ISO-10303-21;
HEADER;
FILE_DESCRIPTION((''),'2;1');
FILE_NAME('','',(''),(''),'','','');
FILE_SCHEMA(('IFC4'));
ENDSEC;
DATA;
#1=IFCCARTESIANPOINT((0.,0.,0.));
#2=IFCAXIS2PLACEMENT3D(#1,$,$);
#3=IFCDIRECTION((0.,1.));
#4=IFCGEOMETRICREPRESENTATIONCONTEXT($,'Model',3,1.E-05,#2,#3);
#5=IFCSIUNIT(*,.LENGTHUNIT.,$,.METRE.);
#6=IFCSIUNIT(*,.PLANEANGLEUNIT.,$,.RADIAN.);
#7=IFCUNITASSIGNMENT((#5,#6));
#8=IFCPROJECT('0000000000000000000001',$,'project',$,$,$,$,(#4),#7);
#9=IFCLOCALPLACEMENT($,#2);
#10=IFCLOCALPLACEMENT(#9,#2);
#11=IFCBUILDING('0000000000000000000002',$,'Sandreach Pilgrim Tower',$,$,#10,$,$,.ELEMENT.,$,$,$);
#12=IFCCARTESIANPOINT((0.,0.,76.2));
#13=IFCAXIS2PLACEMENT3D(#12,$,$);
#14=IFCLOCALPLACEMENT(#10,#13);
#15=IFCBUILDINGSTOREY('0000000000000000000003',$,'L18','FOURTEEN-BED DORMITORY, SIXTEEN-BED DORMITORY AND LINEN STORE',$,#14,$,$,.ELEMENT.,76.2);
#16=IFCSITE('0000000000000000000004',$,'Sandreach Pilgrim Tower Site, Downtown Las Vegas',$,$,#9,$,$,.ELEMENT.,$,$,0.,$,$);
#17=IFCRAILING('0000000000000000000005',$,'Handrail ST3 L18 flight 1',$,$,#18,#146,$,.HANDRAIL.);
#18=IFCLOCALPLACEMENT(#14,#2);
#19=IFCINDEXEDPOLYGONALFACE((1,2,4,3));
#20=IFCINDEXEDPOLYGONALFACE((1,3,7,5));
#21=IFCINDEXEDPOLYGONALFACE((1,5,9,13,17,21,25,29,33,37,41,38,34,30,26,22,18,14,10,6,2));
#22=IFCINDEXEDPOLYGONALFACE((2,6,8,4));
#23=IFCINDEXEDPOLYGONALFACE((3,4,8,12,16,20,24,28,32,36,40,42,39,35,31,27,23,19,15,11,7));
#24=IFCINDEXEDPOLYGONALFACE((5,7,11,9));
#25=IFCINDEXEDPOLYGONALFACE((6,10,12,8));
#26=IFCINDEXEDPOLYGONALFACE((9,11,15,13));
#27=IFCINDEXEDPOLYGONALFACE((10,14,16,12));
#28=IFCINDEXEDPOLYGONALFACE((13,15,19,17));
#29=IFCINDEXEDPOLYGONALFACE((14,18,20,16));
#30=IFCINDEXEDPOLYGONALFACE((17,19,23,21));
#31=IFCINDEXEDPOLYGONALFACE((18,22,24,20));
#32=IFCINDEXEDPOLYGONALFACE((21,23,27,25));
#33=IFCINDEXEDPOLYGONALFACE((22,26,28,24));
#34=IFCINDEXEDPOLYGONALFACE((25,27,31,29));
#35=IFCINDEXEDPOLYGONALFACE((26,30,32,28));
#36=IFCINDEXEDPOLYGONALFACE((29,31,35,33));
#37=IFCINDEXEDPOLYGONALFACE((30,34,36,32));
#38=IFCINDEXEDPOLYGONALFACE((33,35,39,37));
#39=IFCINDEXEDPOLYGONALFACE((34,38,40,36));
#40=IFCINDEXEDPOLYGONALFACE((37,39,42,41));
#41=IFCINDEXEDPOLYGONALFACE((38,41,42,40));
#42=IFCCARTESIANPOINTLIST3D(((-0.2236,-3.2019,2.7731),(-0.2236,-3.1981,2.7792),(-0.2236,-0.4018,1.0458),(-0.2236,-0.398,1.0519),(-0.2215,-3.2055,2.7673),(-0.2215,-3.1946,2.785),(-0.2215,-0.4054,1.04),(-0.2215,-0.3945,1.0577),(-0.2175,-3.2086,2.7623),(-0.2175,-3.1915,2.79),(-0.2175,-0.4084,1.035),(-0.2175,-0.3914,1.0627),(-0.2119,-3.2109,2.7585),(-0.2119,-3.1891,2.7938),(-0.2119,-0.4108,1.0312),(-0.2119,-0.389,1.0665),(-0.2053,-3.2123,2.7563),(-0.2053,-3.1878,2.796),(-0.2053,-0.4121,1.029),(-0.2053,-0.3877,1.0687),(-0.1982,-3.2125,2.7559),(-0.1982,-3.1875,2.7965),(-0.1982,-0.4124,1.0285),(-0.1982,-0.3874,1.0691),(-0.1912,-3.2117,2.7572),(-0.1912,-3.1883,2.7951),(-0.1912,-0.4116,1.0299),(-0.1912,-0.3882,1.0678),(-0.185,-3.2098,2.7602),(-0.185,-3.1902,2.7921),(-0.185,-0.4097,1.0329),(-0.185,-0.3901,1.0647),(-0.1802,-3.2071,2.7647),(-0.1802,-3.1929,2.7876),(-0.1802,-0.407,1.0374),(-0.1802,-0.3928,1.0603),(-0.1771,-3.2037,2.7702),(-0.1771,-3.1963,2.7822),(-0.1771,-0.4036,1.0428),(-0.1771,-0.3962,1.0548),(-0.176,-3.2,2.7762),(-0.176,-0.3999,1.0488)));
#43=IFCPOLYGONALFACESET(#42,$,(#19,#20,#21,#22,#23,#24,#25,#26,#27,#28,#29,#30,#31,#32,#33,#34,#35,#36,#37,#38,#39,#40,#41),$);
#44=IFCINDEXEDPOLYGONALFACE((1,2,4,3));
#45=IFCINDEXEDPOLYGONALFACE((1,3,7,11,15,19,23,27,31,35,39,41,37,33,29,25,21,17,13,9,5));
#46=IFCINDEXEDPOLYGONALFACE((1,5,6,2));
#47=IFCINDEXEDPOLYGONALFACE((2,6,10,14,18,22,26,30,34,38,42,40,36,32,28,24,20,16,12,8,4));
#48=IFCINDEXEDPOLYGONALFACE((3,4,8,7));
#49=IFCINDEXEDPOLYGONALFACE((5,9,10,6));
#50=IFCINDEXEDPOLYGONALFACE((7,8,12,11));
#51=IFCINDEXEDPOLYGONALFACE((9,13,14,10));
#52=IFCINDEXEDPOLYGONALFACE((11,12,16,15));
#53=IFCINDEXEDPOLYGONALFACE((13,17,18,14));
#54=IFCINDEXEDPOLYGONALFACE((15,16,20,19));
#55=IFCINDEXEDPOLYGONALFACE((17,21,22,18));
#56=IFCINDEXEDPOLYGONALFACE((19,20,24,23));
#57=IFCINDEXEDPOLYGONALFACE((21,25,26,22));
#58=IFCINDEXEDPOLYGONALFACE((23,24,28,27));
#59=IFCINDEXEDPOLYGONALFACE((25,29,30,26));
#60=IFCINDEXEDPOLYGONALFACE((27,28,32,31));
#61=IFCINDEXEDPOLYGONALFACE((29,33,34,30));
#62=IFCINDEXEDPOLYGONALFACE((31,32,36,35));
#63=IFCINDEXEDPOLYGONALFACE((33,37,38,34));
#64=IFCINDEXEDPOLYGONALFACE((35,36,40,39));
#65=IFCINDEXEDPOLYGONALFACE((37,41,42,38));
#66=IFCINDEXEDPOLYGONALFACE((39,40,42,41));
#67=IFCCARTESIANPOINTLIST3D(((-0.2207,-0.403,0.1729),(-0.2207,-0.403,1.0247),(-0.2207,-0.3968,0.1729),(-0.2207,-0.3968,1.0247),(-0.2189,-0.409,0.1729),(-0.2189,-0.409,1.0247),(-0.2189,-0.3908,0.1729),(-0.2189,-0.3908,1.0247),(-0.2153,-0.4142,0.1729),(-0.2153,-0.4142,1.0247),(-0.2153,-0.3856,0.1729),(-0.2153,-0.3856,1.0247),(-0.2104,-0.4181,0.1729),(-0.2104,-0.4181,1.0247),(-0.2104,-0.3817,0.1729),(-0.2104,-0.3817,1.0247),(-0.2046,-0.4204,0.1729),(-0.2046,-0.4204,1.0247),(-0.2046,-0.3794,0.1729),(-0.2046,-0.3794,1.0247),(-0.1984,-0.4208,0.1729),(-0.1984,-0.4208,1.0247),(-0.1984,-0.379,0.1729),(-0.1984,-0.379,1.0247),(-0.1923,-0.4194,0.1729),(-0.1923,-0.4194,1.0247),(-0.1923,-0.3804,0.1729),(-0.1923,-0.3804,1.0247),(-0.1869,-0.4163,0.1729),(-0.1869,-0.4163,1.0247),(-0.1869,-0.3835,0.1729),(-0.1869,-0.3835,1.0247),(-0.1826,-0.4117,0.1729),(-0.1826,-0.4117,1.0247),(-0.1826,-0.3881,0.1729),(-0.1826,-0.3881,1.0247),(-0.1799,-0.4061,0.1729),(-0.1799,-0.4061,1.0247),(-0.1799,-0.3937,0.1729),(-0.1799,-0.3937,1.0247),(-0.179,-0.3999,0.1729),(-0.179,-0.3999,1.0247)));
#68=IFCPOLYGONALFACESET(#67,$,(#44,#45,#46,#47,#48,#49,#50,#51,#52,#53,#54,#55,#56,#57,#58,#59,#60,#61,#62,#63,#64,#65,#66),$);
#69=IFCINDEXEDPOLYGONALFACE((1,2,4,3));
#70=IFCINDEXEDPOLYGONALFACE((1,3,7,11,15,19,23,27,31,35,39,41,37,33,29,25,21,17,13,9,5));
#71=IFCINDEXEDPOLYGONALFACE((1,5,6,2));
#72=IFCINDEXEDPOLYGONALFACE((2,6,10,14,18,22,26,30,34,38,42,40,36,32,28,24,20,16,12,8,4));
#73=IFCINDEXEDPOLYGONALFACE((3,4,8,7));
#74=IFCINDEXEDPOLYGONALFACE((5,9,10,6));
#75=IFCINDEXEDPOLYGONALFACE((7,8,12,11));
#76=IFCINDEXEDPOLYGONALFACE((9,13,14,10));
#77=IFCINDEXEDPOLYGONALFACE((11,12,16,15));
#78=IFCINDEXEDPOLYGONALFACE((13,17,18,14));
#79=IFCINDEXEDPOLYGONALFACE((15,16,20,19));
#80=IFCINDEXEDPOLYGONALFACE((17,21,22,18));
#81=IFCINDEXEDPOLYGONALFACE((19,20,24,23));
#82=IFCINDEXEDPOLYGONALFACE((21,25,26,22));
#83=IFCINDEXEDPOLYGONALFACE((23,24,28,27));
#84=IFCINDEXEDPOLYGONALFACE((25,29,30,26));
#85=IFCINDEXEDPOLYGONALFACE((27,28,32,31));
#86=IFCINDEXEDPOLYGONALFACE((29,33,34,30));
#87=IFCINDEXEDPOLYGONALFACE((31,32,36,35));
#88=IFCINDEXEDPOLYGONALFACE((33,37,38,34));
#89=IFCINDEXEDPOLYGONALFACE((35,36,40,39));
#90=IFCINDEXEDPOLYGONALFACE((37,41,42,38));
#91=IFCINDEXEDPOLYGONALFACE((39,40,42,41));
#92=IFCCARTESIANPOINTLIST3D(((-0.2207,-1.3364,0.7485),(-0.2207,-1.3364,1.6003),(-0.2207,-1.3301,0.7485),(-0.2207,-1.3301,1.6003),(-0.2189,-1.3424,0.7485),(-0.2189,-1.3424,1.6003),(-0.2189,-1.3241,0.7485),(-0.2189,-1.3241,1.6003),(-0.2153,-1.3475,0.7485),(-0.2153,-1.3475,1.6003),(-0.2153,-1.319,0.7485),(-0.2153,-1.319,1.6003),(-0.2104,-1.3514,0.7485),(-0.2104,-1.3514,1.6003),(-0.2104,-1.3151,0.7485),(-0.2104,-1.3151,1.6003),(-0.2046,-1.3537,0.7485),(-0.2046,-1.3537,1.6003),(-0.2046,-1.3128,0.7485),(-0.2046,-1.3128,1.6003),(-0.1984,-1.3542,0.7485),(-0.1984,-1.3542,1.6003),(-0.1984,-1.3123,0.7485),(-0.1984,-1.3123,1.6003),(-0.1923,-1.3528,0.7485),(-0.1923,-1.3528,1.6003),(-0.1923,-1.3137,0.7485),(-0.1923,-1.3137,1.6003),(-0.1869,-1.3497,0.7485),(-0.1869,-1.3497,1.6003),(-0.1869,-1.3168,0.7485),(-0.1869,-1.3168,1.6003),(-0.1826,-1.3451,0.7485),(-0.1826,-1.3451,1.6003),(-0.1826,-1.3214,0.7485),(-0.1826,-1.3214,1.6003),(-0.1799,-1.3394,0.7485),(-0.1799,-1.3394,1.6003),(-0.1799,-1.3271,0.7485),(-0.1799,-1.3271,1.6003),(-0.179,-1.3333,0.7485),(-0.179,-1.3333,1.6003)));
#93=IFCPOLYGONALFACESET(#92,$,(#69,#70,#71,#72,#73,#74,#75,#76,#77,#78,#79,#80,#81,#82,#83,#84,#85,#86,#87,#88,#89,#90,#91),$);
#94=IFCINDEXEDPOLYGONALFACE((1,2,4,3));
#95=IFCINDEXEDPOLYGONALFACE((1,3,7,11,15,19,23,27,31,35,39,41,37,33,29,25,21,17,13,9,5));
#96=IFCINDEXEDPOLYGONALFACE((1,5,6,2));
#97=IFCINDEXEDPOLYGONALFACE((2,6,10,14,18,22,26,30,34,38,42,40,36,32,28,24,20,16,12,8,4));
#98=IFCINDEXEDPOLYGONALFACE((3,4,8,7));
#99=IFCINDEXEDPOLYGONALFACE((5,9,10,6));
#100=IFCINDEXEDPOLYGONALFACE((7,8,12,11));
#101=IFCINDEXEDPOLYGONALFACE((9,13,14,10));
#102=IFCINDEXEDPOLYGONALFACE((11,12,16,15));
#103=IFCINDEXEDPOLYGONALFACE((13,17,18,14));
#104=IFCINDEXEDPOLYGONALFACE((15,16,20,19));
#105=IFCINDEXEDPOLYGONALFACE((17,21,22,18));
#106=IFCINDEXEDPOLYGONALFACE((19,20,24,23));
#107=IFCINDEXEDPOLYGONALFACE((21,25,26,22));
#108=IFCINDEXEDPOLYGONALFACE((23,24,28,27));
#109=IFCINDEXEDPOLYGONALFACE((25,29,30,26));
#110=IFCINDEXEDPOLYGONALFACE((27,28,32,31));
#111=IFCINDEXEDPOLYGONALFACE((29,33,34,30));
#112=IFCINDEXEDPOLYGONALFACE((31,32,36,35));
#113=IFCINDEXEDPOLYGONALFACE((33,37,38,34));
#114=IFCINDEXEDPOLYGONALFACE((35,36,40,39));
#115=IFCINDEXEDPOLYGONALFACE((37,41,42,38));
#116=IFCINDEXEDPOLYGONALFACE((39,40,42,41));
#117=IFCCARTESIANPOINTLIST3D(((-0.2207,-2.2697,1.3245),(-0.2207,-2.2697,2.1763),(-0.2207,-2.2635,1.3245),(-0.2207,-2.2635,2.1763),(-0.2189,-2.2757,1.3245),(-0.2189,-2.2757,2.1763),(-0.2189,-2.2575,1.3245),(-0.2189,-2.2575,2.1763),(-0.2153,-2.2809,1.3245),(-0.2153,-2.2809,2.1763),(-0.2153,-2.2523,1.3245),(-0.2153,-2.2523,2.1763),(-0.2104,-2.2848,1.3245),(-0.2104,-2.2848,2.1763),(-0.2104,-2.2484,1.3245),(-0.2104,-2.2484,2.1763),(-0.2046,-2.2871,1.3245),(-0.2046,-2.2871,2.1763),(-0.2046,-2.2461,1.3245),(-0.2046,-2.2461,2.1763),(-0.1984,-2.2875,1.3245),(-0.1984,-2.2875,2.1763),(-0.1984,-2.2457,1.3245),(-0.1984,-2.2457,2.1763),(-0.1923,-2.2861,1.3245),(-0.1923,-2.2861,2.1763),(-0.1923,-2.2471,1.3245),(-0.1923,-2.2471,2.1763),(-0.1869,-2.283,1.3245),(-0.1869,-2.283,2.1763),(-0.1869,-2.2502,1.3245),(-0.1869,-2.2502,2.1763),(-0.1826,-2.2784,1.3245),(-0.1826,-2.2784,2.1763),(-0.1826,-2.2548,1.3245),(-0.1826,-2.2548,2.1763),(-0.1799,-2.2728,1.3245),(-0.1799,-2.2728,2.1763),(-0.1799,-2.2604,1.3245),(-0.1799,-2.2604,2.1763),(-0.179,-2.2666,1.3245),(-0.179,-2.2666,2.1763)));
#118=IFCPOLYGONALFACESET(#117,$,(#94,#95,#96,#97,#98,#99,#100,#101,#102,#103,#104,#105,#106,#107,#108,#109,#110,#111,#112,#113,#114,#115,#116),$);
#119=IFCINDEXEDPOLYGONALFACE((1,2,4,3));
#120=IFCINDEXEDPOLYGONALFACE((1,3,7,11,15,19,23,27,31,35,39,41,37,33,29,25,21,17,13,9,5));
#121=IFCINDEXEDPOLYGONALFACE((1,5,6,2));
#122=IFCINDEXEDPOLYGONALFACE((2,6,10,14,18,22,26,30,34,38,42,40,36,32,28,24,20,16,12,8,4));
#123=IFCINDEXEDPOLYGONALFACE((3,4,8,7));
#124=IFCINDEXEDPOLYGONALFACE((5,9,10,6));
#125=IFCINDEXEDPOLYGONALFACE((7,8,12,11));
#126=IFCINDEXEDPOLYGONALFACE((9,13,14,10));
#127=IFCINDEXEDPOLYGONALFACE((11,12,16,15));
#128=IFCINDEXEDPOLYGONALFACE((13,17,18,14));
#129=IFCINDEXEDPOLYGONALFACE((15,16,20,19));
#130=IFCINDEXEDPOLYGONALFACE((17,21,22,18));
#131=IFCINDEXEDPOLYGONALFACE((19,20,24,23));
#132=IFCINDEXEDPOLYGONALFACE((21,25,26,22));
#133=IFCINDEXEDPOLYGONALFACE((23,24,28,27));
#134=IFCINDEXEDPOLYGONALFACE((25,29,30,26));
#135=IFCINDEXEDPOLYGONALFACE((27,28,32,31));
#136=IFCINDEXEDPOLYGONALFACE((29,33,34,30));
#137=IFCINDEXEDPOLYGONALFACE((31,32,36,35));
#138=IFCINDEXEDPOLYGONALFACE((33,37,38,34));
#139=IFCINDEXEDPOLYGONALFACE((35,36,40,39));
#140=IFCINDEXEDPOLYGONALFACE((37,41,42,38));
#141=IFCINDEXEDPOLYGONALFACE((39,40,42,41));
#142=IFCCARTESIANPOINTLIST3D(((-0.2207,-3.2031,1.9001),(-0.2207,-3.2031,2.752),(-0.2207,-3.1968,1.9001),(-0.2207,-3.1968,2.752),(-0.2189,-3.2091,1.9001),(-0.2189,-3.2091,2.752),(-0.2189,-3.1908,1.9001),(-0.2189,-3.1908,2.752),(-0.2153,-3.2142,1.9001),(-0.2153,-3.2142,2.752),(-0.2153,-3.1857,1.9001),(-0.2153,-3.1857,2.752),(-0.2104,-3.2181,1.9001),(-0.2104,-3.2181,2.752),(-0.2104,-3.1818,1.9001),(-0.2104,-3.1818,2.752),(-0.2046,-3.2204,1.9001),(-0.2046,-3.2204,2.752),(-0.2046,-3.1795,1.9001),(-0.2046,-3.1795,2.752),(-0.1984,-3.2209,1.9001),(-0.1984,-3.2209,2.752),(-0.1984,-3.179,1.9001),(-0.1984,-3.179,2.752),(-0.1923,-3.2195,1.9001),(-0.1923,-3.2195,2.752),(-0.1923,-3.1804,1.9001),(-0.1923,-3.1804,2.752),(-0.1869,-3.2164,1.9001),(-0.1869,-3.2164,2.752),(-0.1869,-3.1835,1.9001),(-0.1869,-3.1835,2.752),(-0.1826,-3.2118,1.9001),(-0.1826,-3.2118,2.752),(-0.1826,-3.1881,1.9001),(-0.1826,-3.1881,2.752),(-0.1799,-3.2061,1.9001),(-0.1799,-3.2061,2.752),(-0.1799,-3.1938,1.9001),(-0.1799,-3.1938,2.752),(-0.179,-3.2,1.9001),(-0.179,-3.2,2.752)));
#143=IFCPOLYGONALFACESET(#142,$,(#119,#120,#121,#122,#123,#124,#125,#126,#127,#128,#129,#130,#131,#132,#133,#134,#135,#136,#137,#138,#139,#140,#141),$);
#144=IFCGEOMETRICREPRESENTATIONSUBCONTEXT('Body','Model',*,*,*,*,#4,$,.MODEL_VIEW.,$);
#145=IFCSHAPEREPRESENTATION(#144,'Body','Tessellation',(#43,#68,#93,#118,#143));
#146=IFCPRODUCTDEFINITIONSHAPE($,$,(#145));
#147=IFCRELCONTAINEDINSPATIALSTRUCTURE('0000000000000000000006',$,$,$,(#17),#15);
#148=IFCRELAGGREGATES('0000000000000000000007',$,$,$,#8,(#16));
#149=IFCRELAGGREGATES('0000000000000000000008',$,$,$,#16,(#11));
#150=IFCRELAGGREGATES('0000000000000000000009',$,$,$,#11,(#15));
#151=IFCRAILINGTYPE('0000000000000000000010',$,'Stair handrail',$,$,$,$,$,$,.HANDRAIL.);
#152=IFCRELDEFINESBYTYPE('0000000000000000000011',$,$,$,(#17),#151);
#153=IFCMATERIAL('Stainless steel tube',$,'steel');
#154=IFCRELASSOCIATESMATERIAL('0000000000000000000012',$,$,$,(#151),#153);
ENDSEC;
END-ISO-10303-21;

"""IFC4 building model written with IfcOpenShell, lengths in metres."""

from ifc_helpers import new_model, si_unit, direction, frame, origin, origin_2d, place, context, subcontext, project, spatial, circle, extrude, material, type_object, element, save


model = new_model("IFC4")

# Units and contexts
model_context = context("Model", 3, precision=1e-05, world=origin(), true_north=direction((0.0, 1.0)))
body_context = subcontext(model_context, "Body", "Model", "MODEL_VIEW")
ifc_project = project(units=[si_unit("LENGTHUNIT", "METRE"), si_unit("PLANEANGLEUNIT", "RADIAN")], contexts=[model_context])

# Site, building, storey
site_placement = place(None, origin())
site = spatial("IfcSite", under=ifc_project, at=site_placement, Name="Sandreach Pilgrim Tower Site, Downtown Las Vegas", CompositionType="ELEMENT", RefElevation=0.0)
building_placement = place(site_placement, origin())
building = spatial("IfcBuilding", under=site, at=building_placement, Name="Sandreach Pilgrim Tower", CompositionType="ELEMENT")
storey_placement = place(building_placement, frame((0.0, 0.0, 76.2)))
storey = spatial("IfcBuildingStorey", under=building, at=storey_placement, Name="L18", Description="FOURTEEN-BED DORMITORY, SIXTEEN-BED DORMITORY AND LINEN STORE", CompositionType="ELEMENT", Elevation=76.2)

# Railing
ifc_material_1 = material(Name="Stainless steel tube", Category="steel")
railing_type = type_object("IfcRailingType", Name="Stair handrail", PredefinedType="HANDRAIL", material=ifc_material_1)
for number, where, name in (
    (1, (-0.2, -0.3999, 0.1729), "Handrail ST3 L18 flight 1"),
):
    element("IfcRailing", number, at=place(storey_placement, frame(where)), inside=storey, type_object=railing_type, Name=name, PredefinedType="HANDRAIL", context=body_context, shape_type="SweptSolid", body=[
        extrude(circle(Radius=0.0239, at=origin_2d()), frame((0.0, 0.0, 0.876), z_axis=(0.0, -0.85109, 0.52502), x_axis=(1.0, 0.0, 0.0)), (0.0, 0.0, 1.0), 3.29),
        extrude(circle(Radius=0.021, at=origin_2d()), origin(), (0.0, 0.0, 1.0), 0.8518),
        extrude(circle(Radius=0.021, at=origin_2d()), frame((0.0, -0.9333, 0.5757)), (0.0, 0.0, 1.0), 0.8518),
        extrude(circle(Radius=0.021, at=origin_2d()), frame((0.0, -1.8667, 1.1516)), (0.0, 0.0, 1.0), 0.8518),
        extrude(circle(Radius=0.021, at=origin_2d()), frame((0.0, -2.8, 1.7273)), (0.0, 0.0, 1.0), 0.8518),
    ])

save(model, "model.ifc")
